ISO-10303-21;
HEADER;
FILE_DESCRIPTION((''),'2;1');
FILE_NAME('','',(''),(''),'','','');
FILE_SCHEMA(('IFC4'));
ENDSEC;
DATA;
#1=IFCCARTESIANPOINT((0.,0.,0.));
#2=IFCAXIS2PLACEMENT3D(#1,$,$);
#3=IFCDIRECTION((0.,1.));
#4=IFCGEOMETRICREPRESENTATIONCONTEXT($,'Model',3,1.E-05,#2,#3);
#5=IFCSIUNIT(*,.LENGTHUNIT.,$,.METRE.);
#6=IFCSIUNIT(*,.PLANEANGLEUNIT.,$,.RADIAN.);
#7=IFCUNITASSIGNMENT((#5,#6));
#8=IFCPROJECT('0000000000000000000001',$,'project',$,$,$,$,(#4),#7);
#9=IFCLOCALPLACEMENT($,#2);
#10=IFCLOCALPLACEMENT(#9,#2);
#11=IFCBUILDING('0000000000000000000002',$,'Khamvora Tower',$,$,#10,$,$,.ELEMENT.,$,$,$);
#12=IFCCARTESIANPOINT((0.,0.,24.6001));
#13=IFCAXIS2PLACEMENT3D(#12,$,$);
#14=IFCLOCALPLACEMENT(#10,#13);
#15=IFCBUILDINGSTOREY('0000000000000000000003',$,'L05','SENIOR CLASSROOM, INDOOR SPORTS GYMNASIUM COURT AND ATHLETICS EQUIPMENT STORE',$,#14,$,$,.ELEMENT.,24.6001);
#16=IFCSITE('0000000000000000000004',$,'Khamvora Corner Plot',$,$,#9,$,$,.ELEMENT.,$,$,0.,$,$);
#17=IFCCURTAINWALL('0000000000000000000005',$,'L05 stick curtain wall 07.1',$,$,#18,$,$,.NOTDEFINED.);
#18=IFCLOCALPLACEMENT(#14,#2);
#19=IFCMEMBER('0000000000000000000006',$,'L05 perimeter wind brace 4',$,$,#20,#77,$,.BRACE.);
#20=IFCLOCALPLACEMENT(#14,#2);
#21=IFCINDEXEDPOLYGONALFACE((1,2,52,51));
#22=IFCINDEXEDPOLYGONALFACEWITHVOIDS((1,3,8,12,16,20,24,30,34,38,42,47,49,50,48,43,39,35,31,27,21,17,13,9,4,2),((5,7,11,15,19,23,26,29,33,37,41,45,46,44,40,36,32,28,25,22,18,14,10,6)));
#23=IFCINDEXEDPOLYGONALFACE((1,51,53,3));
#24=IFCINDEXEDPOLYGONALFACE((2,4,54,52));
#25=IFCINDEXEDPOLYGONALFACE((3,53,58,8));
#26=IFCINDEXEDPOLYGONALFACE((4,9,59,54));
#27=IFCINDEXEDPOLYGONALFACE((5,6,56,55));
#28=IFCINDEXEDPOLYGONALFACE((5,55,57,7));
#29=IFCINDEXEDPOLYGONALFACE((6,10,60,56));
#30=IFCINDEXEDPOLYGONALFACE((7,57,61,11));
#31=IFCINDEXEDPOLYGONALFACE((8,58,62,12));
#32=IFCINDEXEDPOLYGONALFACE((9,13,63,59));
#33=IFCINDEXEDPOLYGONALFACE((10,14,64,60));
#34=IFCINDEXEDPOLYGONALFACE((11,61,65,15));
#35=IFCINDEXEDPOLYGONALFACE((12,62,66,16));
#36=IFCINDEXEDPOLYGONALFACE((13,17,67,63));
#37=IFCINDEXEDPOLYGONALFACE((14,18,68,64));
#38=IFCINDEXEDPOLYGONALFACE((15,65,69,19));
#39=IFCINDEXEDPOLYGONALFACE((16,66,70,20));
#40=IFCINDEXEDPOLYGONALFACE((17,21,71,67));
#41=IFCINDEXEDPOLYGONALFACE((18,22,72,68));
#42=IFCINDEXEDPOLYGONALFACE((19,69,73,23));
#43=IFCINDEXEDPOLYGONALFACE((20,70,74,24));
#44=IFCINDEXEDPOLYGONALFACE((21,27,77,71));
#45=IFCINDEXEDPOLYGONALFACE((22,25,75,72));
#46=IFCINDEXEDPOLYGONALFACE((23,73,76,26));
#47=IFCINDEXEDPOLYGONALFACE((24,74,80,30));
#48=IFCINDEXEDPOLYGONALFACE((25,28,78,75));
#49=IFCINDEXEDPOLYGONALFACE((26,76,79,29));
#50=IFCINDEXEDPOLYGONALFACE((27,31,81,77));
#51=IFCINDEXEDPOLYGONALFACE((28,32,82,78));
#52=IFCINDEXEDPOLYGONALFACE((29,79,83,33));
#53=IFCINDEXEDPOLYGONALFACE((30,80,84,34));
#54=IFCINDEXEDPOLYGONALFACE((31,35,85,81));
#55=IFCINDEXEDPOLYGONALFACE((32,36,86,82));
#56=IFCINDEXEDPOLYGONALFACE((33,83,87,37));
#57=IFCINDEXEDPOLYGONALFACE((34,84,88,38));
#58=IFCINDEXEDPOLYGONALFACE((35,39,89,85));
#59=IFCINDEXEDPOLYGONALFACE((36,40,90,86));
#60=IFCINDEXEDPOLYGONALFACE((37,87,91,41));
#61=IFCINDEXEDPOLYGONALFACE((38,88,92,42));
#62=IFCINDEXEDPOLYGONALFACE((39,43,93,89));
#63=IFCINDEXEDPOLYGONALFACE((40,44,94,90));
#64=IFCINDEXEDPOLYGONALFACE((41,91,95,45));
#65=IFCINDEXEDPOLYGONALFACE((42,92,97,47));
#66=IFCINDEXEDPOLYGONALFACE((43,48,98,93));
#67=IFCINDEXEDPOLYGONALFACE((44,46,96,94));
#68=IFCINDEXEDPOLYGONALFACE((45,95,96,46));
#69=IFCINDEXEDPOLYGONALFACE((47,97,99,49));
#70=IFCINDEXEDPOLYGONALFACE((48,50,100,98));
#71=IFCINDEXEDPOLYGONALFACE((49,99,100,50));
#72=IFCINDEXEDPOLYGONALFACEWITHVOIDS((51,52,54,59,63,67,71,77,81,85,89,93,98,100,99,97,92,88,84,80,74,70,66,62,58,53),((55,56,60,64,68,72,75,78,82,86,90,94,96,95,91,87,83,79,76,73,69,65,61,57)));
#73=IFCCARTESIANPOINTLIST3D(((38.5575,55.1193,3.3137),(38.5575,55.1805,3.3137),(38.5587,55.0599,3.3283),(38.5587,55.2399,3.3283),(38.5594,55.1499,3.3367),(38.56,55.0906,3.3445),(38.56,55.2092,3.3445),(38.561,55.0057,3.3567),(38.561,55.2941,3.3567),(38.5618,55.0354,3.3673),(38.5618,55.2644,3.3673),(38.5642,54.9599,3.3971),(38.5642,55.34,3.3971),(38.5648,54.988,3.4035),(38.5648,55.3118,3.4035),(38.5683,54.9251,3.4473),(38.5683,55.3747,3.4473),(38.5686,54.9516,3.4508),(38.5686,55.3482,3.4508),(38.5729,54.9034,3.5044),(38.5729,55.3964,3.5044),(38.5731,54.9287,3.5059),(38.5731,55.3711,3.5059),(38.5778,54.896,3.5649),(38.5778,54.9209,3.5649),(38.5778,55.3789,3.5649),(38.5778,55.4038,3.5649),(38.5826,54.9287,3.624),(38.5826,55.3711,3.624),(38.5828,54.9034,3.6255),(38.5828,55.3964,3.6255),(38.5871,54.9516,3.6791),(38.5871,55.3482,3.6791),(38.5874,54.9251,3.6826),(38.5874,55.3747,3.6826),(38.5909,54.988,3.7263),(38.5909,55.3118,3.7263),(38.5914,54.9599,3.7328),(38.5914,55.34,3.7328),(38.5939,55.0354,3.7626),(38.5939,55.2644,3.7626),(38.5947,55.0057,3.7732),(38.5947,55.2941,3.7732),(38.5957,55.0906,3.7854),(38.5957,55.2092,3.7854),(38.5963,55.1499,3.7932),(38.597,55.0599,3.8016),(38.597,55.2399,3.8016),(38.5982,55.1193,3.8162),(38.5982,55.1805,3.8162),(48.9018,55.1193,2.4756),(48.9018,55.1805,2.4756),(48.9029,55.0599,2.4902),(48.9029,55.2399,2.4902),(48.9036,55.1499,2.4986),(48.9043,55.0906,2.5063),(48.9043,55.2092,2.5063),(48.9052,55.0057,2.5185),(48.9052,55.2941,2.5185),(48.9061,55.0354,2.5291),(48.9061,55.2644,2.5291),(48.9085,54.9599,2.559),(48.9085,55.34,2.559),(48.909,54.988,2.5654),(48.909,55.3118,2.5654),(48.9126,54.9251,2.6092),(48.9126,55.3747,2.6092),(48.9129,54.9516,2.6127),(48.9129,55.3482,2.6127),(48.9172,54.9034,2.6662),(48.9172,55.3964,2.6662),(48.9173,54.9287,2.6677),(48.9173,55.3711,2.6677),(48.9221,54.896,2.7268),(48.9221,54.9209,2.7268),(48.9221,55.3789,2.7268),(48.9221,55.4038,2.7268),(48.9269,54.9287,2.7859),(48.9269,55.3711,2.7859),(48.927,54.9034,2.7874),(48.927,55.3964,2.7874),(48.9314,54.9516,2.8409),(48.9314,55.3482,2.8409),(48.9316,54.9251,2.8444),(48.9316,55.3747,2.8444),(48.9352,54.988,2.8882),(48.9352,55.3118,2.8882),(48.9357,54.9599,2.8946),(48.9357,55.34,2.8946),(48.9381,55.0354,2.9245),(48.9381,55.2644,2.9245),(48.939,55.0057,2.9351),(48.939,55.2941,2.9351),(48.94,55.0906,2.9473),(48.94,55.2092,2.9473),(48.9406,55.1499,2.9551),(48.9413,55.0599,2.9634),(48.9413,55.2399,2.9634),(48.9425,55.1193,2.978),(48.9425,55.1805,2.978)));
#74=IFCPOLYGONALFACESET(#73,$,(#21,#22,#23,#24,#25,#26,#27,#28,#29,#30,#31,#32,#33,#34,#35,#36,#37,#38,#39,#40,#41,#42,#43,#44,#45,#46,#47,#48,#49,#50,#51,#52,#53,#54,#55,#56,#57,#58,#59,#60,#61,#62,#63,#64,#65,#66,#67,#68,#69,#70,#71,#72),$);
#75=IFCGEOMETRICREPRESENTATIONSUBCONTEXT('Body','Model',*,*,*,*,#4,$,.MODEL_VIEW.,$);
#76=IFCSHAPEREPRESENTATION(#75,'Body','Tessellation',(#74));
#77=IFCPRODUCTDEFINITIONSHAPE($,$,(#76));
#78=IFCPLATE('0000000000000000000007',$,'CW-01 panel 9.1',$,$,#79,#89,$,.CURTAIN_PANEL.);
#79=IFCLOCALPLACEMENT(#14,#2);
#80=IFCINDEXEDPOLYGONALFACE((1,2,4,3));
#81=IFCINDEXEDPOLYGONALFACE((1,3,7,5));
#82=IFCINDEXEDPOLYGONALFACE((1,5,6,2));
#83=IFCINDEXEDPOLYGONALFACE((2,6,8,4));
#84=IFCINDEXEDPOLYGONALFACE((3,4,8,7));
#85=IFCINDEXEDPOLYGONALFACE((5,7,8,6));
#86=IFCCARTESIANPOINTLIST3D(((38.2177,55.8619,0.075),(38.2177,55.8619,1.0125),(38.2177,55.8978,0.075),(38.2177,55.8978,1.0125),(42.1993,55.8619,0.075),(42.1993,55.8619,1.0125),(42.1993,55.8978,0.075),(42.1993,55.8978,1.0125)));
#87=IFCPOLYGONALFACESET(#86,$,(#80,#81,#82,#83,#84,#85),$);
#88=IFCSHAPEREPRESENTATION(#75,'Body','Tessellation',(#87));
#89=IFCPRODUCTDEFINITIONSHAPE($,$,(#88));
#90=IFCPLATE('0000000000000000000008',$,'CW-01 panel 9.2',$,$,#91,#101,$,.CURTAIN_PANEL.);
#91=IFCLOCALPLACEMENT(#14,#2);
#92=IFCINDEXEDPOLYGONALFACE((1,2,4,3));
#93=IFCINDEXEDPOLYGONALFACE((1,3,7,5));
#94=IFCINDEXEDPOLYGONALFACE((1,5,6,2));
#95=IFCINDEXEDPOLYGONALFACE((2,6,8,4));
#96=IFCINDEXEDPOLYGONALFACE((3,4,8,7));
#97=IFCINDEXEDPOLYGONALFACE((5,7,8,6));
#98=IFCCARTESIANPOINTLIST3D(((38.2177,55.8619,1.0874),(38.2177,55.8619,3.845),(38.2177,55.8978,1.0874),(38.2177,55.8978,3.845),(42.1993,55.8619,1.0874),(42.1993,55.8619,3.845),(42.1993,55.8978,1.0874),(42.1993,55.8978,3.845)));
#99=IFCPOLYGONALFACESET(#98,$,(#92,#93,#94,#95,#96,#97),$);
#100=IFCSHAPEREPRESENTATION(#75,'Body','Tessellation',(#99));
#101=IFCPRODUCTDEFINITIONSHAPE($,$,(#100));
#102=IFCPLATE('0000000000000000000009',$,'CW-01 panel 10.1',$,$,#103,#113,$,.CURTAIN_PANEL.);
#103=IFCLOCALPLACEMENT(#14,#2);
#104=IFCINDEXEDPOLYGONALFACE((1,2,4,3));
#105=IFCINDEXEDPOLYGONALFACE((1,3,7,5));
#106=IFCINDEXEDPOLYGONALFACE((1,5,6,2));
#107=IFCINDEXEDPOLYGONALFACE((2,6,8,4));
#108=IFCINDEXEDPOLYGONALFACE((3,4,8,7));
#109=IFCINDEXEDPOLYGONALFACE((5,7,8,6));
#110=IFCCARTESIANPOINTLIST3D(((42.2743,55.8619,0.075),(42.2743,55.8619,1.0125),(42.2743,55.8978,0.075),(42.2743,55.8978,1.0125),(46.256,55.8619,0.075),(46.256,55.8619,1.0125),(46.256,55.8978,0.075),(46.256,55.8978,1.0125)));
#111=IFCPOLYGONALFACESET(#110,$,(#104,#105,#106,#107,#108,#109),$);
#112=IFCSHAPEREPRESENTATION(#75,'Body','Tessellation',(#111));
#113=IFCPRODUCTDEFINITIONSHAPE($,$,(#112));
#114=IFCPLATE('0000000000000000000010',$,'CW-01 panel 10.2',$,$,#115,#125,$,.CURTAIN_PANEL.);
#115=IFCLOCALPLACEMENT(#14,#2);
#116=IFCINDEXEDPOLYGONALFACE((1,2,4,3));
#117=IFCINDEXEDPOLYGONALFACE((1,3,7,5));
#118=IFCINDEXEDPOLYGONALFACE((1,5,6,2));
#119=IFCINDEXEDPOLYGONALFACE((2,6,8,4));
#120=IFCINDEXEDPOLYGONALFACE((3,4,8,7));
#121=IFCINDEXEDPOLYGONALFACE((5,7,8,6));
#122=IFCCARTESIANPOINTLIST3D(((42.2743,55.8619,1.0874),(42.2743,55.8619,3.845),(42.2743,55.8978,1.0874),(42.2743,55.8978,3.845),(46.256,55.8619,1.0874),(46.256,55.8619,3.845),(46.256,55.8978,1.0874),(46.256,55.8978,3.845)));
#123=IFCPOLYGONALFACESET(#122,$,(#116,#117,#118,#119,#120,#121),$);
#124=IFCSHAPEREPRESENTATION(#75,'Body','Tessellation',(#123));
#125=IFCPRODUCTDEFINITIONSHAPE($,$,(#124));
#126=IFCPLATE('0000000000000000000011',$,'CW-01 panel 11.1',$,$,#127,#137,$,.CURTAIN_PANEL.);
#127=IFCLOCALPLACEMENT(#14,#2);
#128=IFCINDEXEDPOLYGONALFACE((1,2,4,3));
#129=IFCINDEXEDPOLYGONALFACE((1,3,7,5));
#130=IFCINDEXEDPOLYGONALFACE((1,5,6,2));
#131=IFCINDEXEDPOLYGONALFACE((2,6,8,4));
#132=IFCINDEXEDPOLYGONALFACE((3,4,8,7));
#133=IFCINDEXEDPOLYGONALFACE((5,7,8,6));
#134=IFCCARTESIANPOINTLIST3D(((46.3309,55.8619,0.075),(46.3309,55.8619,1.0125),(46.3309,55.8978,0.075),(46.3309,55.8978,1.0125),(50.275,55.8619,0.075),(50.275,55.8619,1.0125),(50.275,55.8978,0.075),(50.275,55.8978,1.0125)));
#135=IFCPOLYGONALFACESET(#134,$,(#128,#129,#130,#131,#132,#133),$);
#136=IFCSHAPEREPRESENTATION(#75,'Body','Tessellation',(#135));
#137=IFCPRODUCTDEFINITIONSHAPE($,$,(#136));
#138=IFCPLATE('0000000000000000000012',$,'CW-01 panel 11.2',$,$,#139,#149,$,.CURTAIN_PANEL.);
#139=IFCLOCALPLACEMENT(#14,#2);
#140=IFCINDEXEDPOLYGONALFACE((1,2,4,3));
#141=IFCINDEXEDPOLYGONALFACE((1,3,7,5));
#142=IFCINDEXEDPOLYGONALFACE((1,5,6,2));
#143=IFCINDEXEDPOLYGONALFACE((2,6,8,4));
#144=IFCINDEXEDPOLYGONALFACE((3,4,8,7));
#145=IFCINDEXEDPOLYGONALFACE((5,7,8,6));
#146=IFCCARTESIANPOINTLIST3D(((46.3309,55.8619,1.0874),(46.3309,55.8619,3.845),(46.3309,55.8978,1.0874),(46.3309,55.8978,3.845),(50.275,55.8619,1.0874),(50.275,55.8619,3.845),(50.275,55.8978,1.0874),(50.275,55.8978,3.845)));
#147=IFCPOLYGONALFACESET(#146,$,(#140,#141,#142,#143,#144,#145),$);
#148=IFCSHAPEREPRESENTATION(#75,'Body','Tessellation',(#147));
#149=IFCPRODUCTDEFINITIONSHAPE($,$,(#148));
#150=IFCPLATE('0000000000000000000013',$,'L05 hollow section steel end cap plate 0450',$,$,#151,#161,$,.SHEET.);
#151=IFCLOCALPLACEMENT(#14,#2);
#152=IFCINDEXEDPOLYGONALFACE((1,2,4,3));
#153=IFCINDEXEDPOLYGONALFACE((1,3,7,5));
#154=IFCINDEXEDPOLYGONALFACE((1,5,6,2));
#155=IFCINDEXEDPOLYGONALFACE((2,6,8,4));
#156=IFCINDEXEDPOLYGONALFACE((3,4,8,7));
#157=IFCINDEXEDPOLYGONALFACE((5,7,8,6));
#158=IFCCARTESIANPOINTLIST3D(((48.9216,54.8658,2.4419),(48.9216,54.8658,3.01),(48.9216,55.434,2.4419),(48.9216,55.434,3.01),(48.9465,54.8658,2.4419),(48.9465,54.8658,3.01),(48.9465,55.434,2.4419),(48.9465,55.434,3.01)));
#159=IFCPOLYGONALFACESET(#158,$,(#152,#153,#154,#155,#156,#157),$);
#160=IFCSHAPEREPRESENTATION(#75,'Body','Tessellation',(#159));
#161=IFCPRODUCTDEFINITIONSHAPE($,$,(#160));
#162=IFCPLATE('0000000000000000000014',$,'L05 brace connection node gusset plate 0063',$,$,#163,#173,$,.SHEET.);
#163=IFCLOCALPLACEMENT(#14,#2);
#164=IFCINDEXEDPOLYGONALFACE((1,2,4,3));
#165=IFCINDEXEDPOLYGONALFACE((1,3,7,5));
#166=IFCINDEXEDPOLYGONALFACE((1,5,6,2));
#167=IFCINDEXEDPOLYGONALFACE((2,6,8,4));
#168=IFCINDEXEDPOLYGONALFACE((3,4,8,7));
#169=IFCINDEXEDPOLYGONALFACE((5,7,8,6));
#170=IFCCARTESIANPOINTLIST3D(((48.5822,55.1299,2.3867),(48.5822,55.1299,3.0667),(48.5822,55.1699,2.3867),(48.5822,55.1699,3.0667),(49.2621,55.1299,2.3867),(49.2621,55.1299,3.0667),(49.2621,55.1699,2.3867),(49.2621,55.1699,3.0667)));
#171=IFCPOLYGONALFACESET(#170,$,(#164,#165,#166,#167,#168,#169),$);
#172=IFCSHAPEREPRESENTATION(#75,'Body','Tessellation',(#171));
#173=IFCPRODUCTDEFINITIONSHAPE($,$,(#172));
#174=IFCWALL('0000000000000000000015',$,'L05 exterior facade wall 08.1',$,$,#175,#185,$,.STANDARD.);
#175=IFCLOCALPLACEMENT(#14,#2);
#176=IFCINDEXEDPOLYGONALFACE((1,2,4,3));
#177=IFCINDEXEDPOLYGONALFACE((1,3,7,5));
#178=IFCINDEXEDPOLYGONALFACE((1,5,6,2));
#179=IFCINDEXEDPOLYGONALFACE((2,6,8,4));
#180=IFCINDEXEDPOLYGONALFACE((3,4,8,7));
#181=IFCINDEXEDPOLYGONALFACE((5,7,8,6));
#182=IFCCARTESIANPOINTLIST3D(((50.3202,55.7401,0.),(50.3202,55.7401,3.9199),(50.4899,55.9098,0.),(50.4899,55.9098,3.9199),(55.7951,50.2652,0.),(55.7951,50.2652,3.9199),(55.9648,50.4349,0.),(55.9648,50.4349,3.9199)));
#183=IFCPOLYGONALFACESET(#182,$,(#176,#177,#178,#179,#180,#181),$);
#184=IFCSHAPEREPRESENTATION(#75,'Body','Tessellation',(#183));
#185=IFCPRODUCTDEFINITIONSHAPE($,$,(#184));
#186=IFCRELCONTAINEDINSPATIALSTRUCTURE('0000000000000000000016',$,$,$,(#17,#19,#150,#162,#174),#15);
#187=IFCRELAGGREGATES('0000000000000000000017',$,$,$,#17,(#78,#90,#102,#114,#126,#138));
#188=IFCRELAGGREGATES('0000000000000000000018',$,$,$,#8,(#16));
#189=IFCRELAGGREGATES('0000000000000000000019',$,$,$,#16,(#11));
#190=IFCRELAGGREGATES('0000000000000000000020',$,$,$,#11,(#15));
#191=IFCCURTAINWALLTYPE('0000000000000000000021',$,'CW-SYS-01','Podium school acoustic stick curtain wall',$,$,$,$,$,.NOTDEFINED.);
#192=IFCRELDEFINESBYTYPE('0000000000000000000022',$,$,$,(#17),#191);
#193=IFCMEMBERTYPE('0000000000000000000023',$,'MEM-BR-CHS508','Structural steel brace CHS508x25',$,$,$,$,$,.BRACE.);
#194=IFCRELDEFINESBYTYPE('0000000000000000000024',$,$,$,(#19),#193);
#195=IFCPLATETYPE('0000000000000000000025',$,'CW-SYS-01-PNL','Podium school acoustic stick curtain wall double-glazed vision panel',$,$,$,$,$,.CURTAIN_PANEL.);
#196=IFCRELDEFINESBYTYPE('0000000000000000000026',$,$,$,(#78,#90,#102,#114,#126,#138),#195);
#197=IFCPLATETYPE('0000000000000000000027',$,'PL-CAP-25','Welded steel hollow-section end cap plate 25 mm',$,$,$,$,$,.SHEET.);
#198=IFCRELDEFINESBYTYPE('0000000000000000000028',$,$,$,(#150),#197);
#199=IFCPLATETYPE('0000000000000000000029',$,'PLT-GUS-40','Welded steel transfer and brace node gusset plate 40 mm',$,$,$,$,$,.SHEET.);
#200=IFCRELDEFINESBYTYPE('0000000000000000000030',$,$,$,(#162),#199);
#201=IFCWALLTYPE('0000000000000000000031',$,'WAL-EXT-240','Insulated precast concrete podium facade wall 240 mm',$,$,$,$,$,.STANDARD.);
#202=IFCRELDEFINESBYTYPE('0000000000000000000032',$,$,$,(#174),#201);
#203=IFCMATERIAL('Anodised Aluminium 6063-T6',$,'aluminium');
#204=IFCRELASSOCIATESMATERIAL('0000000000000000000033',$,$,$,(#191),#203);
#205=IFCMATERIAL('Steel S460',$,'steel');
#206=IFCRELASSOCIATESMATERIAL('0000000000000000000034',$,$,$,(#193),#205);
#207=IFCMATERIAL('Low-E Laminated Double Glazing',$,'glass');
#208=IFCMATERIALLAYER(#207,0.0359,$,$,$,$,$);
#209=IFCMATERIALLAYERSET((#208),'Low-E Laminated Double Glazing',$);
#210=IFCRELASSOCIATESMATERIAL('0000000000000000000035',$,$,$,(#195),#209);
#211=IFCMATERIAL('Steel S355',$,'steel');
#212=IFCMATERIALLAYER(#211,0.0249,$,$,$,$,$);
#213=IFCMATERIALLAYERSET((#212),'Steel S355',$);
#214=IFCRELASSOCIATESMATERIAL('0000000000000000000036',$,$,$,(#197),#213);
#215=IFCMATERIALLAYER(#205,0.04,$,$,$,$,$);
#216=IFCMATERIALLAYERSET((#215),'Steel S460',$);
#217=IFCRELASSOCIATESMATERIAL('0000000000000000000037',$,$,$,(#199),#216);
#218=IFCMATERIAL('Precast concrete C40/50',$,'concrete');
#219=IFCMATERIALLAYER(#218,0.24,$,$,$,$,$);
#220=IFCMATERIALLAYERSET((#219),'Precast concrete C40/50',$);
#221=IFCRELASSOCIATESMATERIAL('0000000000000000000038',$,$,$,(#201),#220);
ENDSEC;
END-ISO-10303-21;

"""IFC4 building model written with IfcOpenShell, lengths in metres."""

from ifc_helpers import new_model, si_unit, direction, frame, frame_2d, origin, origin_2d, place, context, subcontext, project, spatial, rectangle, hollow_circle, extrude, material, layer, layer_set, material_profile, profile_set, type_object, element, aggregate, save


model = new_model("IFC4")

# Units and contexts
model_context = context("Model", 3, precision=1e-05, world=origin(), true_north=direction((0.0, 1.0)))
body_context = subcontext(model_context, "Body", "Model", "MODEL_VIEW")
ifc_project = project(units=[si_unit("LENGTHUNIT", "METRE"), si_unit("PLANEANGLEUNIT", "RADIAN")], contexts=[model_context])

# Site, building, storey
site_placement = place(None, origin())
site = spatial("IfcSite", under=ifc_project, at=site_placement, Name="Khamvora Corner Plot", CompositionType="ELEMENT", RefElevation=0.0)
building_placement = place(site_placement, origin())
building = spatial("IfcBuilding", under=site, at=building_placement, Name="Khamvora Tower", CompositionType="ELEMENT")
storey_placement = place(building_placement, frame((0.0, 0.0, 24.6001)))
storey = spatial("IfcBuildingStorey", under=building, at=storey_placement, Name="L05", Description="SENIOR CLASSROOM, INDOOR SPORTS GYMNASIUM COURT AND ATHLETICS EQUIPMENT STORE", CompositionType="ELEMENT", Elevation=24.6001)

# Shared definitions
ifc_material_1 = material(Name="Steel S460", Category="steel")

# Shared definitions
ifc_material_2 = material(Name="Steel S355", Category="steel")

# Curtain wall
ifc_material_3 = material(Name="Anodised Aluminium 6063-T6", Category="aluminium")
curtain_wall_type = type_object("IfcCurtainWallType", Name="CW-SYS-01", Description="Podium school acoustic stick curtain wall", PredefinedType="NOTDEFINED", material=ifc_material_3)
curtain_wall_placement = place(storey_placement, origin())
curtain_wall = element("IfcCurtainWall", 1, at=curtain_wall_placement, inside=storey, type_object=curtain_wall_type, Name="L05 stick curtain wall 07.1", PredefinedType="NOTDEFINED")

# Member
ifc_material_profile_1 = material_profile(ifc_material_1, hollow_circle(Radius=0.2539, WallThickness=0.0249, at=origin_2d()), Name="CHS508x25")
ifc_profile_set_1 = profile_set([ifc_material_profile_1], Name="Steel S460")
member_type_1 = type_object("IfcMemberType", Name="MEM-BR-CHS508", Description="Structural steel brace CHS508x25", PredefinedType="BRACE", material=ifc_profile_set_1)
member_1_placement = place(storey_placement, frame((48.9221, 55.1499, 2.7268), z_axis=(-0.996734, 0.0, 0.08076), x_axis=(0.0, -1.0, 0.0)))
element("IfcMember", 2, at=member_1_placement, inside=storey, type_object=member_type_1, Name="L05 perimeter wind brace 4", PredefinedType="BRACE", context=body_context, shape_type="SweptSolid", body=[
    extrude(hollow_circle(Radius=0.2539, WallThickness=0.0249, at=origin_2d()), origin(), (0.0, 0.0, 1.0), 10.3782),
])

# Plates
ifc_material_4 = material(Name="Low-E Laminated Double Glazing", Category="glass")
ifc_layer_1 = layer(ifc_material_4, 0.0359)
ifc_layer_set_1 = layer_set([ifc_layer_1], Name="Low-E Laminated Double Glazing")
plate_type_1 = type_object("IfcPlateType", Name="CW-SYS-01-PNL", Description="Podium school acoustic stick curtain wall double-glazed vision panel", PredefinedType="CURTAIN_PANEL", material=ifc_layer_set_1)
plate_1_placement = place(storey_placement, frame((40.2085, 55.8799, 0.075), z_axis=(0.0, 0.0, 1.0), x_axis=(1.0, 0.0, 0.0)))
plate_1 = element("IfcPlate", 3, at=plate_1_placement, type_object=plate_type_1, Name="CW-01 panel 9.1", PredefinedType="CURTAIN_PANEL", context=body_context, shape_type="SweptSolid", body=[
    extrude(rectangle(XDim=3.9817, YDim=0.0359, at=origin_2d()), origin(), (0.0, 0.0, 1.0), 0.9375),
])
plate_2_placement = place(storey_placement, frame((40.2085, 55.8799, 1.0874), z_axis=(0.0, 0.0, 1.0), x_axis=(1.0, 0.0, 0.0)))
plate_2 = element("IfcPlate", 4, at=plate_2_placement, type_object=plate_type_1, Name="CW-01 panel 9.2", PredefinedType="CURTAIN_PANEL", context=body_context, shape_type="SweptSolid", body=[
    extrude(rectangle(XDim=3.9817, YDim=0.0359, at=origin_2d()), origin(), (0.0, 0.0, 1.0), 2.7576),
])
plate_3_placement = place(storey_placement, frame((44.2651, 55.8799, 0.075), z_axis=(0.0, 0.0, 1.0), x_axis=(1.0, 0.0, 0.0)))
plate_3 = element("IfcPlate", 5, at=plate_3_placement, type_object=plate_type_1, Name="CW-01 panel 10.1", PredefinedType="CURTAIN_PANEL", context=body_context, shape_type="SweptSolid", body=[
    extrude(rectangle(XDim=3.9817, YDim=0.0359, at=origin_2d()), origin(), (0.0, 0.0, 1.0), 0.9375),
])
plate_4_placement = place(storey_placement, frame((44.2651, 55.8799, 1.0874), z_axis=(0.0, 0.0, 1.0), x_axis=(1.0, 0.0, 0.0)))
plate_4 = element("IfcPlate", 6, at=plate_4_placement, type_object=plate_type_1, Name="CW-01 panel 10.2", PredefinedType="CURTAIN_PANEL", context=body_context, shape_type="SweptSolid", body=[
    extrude(rectangle(XDim=3.9817, YDim=0.0359, at=origin_2d()), origin(), (0.0, 0.0, 1.0), 2.7576),
])
plate_5_placement = place(storey_placement, frame((48.303, 55.8799, 0.075), z_axis=(0.0, 0.0, 1.0), x_axis=(1.0, 0.0, 0.0)))
plate_5 = element("IfcPlate", 7, at=plate_5_placement, type_object=plate_type_1, Name="CW-01 panel 11.1", PredefinedType="CURTAIN_PANEL", context=body_context, shape_type="SweptSolid", body=[
    extrude(rectangle(XDim=3.9441, YDim=0.0359, at=origin_2d()), origin(), (0.0, 0.0, 1.0), 0.9375),
])
plate_6_placement = place(storey_placement, frame((48.303, 55.8799, 1.0874), z_axis=(0.0, 0.0, 1.0), x_axis=(1.0, 0.0, 0.0)))
plate_6 = element("IfcPlate", 8, at=plate_6_placement, type_object=plate_type_1, Name="CW-01 panel 11.2", PredefinedType="CURTAIN_PANEL", context=body_context, shape_type="SweptSolid", body=[
    extrude(rectangle(XDim=3.9441, YDim=0.0359, at=origin_2d()), origin(), (0.0, 0.0, 1.0), 2.7576),
])
aggregate(curtain_wall, [plate_1, plate_2, plate_3, plate_4, plate_5, plate_6])

# Plates
ifc_layer_2 = layer(ifc_material_2, 0.0249)
ifc_layer_set_2 = layer_set([ifc_layer_2], Name="Steel S355")
plate_type_2 = type_object("IfcPlateType", Name="PL-CAP-25", Description="Welded steel hollow-section end cap plate 25 mm", PredefinedType="SHEET", material=ifc_layer_set_2)
plate_7_placement = place(storey_placement, frame((48.9341, 55.1499, 2.4419), z_axis=(0.0, 0.0, 1.0), x_axis=(-1.0, 0.0, 0.0)))
element("IfcPlate", 9, at=plate_7_placement, inside=storey, type_object=plate_type_2, Name="L05 hollow section steel end cap plate 0450", PredefinedType="SHEET", context=body_context, shape_type="SweptSolid", body=[
    extrude(rectangle(XDim=0.0249, YDim=0.5681, at=origin_2d()), origin(), (0.0, 0.0, 1.0), 0.5681),
])
ifc_layer_3 = layer(ifc_material_1, 0.04)
ifc_layer_set_3 = layer_set([ifc_layer_3], Name="Steel S460")
plate_type_3 = type_object("IfcPlateType", Name="PLT-GUS-40", Description="Welded steel transfer and brace node gusset plate 40 mm", PredefinedType="SHEET", material=ifc_layer_set_3)
plate_8_placement = place(storey_placement, frame((48.9221, 55.1499, 2.3867), z_axis=(0.0, 0.0, 1.0), x_axis=(1.0, 0.0, 0.0)))
element("IfcPlate", 10, at=plate_8_placement, inside=storey, type_object=plate_type_3, Name="L05 brace connection node gusset plate 0063", PredefinedType="SHEET", context=body_context, shape_type="SweptSolid", body=[
    extrude(rectangle(XDim=0.6799, YDim=0.04, at=origin_2d()), origin(), (0.0, 0.0, 1.0), 0.6799),
])

# Wall
ifc_material_5 = material(Name="Precast concrete C40/50", Category="concrete")
ifc_layer_4 = layer(ifc_material_5, 0.24)
ifc_layer_set_4 = layer_set([ifc_layer_4], Name="Precast concrete C40/50")
wall_type = type_object("IfcWallType", Name="WAL-EXT-240", Description="Insulated precast concrete podium facade wall 240 mm", PredefinedType="STANDARD", material=ifc_layer_set_4)
wall_1_placement = place(storey_placement, frame((50.405, 55.825, 0.0), z_axis=(0.0, 0.0, 1.0), x_axis=(0.707107, -0.707107, 0.0)))
element("IfcWall", 11, at=wall_1_placement, inside=storey, type_object=wall_type, Name="L05 exterior facade wall 08.1", PredefinedType="STANDARD", context=body_context, shape_type="SweptSolid", body=[
    extrude(rectangle(XDim=7.7427, YDim=0.24, at=frame_2d((3.8713, 0.0))), origin(), (0.0, 0.0, 1.0), 3.9199),
])

save(model, "model.ifc")
